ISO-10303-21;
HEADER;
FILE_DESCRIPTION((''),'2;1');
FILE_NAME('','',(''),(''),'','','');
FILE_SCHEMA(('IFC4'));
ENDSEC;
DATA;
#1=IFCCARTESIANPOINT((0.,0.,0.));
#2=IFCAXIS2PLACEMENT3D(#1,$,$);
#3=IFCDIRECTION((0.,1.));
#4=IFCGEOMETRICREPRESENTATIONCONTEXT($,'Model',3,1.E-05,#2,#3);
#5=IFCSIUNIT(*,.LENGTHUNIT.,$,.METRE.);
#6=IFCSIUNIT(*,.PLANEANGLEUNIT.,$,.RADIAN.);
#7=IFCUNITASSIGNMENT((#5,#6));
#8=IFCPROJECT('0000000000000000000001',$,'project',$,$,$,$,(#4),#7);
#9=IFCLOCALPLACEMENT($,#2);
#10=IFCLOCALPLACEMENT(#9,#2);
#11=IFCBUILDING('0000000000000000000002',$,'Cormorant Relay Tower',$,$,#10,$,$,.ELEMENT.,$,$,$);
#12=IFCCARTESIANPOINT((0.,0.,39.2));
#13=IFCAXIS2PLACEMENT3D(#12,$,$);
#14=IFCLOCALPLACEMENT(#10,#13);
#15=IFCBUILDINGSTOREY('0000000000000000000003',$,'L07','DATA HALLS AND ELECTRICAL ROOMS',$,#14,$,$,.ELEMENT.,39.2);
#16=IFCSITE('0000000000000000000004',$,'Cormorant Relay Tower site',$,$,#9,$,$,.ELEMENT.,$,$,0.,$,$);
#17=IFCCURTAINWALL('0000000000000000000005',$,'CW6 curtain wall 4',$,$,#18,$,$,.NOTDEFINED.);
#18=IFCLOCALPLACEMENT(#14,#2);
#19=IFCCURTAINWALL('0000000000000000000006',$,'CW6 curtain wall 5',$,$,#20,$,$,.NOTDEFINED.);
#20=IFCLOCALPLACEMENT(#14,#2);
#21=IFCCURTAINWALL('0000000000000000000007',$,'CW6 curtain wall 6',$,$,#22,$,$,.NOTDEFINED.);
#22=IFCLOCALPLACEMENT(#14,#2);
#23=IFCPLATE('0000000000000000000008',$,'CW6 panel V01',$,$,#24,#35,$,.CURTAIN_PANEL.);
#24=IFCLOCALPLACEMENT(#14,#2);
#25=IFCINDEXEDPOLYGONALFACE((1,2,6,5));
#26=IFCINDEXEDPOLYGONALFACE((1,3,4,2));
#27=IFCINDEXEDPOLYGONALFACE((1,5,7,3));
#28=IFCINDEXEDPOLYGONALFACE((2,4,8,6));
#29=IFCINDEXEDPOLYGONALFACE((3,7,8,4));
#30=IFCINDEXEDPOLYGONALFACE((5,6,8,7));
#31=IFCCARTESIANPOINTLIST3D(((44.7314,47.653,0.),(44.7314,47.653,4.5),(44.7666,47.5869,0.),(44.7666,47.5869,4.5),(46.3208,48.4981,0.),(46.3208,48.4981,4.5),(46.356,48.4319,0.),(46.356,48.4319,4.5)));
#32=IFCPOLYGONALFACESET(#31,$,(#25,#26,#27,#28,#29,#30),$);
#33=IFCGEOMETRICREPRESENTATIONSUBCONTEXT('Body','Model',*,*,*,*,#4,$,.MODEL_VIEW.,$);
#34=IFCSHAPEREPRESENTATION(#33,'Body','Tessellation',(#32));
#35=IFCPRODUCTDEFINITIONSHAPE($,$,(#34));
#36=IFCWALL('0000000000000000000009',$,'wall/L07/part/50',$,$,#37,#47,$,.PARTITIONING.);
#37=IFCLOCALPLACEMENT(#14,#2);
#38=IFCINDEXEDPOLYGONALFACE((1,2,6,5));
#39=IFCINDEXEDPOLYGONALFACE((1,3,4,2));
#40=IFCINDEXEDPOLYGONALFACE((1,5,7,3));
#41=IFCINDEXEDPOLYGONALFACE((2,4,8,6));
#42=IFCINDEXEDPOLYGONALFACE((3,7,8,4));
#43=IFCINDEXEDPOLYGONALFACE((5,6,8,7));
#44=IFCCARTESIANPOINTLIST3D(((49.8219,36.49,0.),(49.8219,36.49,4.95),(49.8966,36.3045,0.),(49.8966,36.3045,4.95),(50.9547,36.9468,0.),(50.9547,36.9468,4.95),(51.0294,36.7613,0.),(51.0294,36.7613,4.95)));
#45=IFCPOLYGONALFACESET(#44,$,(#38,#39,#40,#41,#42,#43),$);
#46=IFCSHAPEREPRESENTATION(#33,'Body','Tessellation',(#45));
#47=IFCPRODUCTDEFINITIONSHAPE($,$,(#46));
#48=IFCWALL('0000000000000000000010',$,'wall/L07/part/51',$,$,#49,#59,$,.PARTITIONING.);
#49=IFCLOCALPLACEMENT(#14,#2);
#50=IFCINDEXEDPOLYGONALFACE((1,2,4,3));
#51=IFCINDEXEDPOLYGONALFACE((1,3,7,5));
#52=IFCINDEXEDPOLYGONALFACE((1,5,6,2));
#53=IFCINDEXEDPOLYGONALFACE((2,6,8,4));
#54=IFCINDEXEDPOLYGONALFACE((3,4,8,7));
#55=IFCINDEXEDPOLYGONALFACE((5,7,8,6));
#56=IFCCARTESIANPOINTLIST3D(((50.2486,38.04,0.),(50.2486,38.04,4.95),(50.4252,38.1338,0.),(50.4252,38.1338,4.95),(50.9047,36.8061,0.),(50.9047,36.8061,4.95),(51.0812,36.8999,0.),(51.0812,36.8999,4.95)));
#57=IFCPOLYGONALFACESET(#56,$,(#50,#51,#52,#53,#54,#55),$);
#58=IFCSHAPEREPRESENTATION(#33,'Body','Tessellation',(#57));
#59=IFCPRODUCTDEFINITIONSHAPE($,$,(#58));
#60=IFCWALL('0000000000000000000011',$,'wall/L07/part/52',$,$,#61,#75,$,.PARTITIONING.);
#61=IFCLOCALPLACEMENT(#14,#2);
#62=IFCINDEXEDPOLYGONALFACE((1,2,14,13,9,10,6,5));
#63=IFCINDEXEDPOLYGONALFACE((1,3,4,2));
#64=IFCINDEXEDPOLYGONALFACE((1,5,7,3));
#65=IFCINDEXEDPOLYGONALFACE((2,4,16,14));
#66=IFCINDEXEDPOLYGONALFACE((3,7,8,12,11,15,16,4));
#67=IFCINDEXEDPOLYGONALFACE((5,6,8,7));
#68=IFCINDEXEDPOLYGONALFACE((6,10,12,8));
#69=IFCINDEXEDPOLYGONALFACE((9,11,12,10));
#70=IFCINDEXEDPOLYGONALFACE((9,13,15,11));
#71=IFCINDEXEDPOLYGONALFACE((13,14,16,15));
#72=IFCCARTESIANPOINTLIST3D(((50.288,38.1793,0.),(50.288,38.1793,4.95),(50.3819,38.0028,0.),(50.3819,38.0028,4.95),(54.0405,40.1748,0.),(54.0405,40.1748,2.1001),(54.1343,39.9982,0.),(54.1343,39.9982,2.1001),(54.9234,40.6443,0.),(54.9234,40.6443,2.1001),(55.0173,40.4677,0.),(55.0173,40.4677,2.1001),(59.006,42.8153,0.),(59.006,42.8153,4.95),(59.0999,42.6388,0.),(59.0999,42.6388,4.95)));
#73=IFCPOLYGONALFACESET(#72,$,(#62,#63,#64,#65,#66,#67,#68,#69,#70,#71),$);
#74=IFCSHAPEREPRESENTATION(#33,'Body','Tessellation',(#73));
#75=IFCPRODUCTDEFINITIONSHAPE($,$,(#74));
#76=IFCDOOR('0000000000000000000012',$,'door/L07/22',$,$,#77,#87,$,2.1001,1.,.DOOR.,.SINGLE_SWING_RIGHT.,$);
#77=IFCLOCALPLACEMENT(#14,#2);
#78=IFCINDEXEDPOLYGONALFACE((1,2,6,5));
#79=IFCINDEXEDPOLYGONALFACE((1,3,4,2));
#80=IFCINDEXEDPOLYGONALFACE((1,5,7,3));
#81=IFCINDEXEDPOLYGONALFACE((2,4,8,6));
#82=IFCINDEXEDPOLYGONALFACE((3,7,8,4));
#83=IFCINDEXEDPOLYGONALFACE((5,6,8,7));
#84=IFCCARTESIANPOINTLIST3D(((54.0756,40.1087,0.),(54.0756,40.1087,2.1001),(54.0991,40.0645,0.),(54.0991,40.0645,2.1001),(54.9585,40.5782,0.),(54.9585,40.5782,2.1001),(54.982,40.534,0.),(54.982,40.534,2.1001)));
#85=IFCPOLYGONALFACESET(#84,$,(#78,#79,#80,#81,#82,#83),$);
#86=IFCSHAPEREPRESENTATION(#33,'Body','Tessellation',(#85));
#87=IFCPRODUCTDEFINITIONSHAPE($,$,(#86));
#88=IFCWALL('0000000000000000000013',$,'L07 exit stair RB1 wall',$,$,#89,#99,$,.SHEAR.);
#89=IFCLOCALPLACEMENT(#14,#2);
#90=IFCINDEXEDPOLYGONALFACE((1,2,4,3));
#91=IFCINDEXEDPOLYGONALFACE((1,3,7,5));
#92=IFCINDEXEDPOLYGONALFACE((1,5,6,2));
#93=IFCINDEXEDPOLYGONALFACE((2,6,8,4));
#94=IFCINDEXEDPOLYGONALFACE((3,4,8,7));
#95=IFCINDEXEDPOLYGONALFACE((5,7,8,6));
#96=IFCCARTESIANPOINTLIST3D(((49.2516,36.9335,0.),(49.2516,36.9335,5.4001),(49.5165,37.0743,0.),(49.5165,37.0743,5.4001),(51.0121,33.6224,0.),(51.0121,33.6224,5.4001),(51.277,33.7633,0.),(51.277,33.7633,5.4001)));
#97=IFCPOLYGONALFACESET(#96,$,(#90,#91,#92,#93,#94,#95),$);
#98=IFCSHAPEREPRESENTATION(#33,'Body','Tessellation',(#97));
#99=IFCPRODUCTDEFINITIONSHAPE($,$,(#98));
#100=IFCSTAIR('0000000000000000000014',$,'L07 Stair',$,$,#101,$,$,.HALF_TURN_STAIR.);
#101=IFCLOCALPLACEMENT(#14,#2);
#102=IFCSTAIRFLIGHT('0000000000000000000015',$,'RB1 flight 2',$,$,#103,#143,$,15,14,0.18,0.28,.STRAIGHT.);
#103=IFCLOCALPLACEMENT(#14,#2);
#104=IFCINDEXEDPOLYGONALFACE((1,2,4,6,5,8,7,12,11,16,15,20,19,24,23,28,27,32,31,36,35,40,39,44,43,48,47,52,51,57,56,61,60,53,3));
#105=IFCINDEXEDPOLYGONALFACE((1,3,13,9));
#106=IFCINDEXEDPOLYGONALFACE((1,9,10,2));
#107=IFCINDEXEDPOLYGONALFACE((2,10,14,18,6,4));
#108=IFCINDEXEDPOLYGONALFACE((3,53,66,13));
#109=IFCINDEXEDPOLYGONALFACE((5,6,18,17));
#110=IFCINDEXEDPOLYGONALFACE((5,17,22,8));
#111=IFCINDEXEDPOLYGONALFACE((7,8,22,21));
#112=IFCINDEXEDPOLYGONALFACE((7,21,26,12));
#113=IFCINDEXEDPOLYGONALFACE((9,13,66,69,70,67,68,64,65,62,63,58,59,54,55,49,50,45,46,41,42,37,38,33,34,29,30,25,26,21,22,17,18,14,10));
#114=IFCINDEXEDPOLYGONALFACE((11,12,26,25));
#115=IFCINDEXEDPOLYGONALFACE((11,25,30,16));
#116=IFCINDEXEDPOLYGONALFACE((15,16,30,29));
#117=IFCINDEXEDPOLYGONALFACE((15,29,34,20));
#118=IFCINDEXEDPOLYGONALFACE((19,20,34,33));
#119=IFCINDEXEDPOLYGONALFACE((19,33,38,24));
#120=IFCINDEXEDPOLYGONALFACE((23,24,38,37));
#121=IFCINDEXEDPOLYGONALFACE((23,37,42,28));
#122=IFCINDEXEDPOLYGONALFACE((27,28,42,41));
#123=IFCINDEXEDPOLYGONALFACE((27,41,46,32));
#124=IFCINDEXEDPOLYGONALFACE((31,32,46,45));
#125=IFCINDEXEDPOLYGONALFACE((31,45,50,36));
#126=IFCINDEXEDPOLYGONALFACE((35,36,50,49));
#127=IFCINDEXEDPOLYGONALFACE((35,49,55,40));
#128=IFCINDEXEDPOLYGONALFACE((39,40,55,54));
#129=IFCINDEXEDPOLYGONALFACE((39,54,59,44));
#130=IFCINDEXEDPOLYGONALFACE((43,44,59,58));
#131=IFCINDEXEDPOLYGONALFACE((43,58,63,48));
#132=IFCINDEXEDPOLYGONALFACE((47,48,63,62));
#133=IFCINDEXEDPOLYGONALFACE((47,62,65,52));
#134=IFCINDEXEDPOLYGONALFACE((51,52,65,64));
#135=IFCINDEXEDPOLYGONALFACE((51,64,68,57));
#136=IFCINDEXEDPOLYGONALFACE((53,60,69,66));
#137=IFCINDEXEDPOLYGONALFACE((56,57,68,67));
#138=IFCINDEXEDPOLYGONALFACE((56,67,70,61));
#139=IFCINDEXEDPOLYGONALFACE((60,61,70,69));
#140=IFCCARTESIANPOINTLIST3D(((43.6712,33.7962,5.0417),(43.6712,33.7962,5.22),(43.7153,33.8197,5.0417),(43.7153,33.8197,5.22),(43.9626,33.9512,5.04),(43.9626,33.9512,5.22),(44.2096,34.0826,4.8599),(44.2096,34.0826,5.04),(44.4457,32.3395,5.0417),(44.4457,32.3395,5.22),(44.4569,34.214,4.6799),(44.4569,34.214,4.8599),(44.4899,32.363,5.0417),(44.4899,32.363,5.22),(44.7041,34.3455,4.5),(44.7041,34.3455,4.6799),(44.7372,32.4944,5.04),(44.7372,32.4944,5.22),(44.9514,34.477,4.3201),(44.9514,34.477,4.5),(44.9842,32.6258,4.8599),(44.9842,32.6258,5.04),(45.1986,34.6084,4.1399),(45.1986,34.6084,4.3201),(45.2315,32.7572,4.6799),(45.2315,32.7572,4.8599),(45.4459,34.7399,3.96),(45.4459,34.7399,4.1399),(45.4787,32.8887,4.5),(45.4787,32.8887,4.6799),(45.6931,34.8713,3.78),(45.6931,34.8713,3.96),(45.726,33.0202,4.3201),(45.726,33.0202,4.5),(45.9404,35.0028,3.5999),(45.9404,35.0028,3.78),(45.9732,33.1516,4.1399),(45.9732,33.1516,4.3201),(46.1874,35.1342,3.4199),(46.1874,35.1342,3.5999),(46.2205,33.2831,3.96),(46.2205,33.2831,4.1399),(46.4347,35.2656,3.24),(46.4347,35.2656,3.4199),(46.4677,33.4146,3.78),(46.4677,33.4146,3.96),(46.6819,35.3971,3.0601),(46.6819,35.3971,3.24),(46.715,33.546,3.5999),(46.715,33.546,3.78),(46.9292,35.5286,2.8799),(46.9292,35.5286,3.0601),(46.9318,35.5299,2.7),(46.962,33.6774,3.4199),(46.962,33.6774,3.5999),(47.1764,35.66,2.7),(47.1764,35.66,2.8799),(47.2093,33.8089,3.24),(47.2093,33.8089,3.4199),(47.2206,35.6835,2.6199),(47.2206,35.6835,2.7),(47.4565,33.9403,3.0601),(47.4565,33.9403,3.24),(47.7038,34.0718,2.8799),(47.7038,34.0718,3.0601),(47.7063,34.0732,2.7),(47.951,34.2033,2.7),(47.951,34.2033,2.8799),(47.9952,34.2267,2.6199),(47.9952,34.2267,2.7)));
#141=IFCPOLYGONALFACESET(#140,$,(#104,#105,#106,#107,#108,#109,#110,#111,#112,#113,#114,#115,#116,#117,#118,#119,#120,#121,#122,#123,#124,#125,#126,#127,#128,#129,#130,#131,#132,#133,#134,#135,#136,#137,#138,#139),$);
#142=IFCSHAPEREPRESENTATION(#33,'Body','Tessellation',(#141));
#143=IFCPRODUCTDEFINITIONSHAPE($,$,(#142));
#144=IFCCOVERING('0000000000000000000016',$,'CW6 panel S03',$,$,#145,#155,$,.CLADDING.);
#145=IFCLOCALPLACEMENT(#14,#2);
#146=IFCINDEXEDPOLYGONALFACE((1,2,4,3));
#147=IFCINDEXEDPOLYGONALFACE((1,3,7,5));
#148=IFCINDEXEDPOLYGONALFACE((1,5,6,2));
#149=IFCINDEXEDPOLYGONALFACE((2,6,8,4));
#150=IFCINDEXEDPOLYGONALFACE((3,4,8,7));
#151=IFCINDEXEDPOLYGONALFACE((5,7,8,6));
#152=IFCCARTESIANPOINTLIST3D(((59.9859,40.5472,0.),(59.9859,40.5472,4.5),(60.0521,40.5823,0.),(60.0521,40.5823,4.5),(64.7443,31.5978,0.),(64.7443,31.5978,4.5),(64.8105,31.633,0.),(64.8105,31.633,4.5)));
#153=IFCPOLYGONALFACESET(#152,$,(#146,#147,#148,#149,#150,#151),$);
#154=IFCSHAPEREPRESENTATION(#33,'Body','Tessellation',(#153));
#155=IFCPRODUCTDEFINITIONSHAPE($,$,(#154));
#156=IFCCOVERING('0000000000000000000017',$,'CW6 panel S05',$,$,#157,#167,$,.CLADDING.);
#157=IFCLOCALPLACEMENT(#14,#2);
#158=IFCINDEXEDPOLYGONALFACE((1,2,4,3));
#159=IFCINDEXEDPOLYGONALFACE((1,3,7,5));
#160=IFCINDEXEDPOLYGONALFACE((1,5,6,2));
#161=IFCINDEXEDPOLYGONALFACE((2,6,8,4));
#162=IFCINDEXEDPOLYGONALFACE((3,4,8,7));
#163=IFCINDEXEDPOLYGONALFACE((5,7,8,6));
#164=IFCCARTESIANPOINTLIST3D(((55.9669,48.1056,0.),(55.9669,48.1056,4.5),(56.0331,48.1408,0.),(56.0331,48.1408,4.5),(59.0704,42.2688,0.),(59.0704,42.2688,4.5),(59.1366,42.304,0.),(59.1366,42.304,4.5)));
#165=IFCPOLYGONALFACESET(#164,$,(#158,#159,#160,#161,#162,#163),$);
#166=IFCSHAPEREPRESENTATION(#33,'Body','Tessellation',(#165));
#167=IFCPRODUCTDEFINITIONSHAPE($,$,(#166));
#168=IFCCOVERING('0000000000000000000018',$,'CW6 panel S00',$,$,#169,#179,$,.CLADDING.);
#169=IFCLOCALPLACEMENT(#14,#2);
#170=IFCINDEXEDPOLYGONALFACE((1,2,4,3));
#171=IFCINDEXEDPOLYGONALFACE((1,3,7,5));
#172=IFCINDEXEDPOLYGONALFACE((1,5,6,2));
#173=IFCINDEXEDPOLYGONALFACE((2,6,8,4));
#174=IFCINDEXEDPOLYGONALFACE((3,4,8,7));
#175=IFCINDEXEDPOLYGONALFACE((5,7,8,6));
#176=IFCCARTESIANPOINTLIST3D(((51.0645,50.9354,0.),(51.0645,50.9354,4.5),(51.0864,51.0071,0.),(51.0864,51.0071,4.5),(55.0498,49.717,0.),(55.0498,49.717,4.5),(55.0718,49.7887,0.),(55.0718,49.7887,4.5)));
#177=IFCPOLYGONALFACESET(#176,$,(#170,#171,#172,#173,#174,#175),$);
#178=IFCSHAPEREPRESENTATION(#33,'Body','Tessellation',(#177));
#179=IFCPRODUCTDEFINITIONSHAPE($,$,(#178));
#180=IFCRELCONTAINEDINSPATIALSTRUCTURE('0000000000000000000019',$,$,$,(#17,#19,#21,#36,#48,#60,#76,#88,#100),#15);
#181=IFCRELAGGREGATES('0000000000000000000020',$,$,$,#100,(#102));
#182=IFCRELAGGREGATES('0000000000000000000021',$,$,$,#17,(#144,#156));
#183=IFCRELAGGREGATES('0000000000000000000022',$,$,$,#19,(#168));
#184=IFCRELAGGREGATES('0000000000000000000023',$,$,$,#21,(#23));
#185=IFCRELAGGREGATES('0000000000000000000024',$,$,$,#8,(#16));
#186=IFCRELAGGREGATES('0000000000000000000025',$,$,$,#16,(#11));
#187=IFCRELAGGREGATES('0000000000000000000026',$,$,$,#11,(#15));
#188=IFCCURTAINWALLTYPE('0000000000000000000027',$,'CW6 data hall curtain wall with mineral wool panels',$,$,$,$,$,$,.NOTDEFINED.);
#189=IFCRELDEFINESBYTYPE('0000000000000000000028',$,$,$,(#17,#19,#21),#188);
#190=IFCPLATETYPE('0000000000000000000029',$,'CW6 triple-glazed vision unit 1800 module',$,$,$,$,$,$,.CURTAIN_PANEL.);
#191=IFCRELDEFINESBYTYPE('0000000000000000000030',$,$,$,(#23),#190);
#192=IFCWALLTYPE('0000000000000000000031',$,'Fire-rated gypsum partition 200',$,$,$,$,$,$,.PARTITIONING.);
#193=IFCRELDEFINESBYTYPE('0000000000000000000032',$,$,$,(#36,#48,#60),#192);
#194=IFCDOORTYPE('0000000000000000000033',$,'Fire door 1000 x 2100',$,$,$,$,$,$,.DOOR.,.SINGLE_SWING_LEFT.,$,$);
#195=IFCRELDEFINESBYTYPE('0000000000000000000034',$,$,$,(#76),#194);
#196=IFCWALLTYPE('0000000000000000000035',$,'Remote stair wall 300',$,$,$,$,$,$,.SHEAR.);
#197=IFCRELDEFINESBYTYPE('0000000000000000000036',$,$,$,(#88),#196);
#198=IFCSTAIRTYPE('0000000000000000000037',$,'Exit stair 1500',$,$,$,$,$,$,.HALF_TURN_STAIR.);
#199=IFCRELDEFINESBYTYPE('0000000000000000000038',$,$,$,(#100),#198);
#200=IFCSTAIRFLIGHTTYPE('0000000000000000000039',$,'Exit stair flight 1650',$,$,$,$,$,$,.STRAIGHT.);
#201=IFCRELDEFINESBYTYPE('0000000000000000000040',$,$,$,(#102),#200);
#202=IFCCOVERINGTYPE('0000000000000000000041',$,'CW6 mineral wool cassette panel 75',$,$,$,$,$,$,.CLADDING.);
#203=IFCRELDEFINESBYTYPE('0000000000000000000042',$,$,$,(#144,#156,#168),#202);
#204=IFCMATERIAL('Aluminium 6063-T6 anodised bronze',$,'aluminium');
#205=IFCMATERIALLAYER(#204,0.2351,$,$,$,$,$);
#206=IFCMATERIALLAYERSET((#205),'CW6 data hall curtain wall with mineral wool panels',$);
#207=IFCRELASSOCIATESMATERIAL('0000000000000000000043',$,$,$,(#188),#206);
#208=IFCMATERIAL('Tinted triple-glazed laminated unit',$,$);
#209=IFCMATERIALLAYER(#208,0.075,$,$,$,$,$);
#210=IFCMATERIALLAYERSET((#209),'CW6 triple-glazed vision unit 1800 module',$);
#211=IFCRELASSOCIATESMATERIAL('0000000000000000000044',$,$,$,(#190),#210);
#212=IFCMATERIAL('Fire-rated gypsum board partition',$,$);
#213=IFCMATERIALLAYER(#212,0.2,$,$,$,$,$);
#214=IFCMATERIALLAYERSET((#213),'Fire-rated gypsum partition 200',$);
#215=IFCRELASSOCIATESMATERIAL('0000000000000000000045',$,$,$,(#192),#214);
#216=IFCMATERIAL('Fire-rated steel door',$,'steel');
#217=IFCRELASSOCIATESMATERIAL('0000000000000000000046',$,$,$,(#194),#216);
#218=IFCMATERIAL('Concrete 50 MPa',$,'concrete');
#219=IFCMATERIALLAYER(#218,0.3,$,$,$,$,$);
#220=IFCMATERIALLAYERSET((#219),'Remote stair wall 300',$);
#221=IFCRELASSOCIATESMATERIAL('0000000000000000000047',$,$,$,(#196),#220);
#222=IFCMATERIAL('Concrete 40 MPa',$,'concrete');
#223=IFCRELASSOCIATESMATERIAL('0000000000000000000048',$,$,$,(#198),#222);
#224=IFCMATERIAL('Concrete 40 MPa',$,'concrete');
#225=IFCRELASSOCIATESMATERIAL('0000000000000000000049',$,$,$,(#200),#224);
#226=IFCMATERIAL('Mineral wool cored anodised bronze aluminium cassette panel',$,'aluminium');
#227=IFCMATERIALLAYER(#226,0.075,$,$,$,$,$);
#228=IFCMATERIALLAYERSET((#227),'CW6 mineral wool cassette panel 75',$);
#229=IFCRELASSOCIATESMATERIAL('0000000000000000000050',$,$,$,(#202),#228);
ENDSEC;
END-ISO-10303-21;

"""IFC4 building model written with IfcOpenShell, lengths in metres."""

from ifc_helpers import new_model, si_unit, direction, frame, frame_2d, origin, origin_2d, place, context, subcontext, project, spatial, polyline, rectangle, outline, extrude, material, layer, layer_set, type_object, element, fill, aggregate, save


model = new_model("IFC4")

# Units and contexts
model_context = context("Model", 3, precision=1e-05, world=origin(), true_north=direction((0.0, 1.0)))
body_context = subcontext(model_context, "Body", "Model", "MODEL_VIEW")
ifc_project = project(units=[si_unit("LENGTHUNIT", "METRE"), si_unit("PLANEANGLEUNIT", "RADIAN")], contexts=[model_context])

# Site, building, storey
site_placement = place(None, origin())
site = spatial("IfcSite", under=ifc_project, at=site_placement, Name="Cormorant Relay Tower site", CompositionType="ELEMENT", RefElevation=0.0)
building_placement = place(site_placement, origin())
building = spatial("IfcBuilding", under=site, at=building_placement, Name="Cormorant Relay Tower", CompositionType="ELEMENT")
storey_placement = place(building_placement, frame((0.0, 0.0, 39.2)))
storey = spatial("IfcBuildingStorey", under=building, at=storey_placement, Name="L07", Description="DATA HALLS AND ELECTRICAL ROOMS", CompositionType="ELEMENT", Elevation=39.2)

# Curtain wall
ifc_material_1 = material(Name="Aluminium 6063-T6 anodised bronze", Category="aluminium")
ifc_layer_1 = layer(ifc_material_1, 0.2351)
ifc_layer_set_1 = layer_set([ifc_layer_1], Name="CW6 data hall curtain wall with mineral wool panels")
curtain_wall_type = type_object("IfcCurtainWallType", Name="CW6 data hall curtain wall with mineral wool panels", PredefinedType="NOTDEFINED", material=ifc_layer_set_1)
curtain_wall_1_placement = place(storey_placement, origin())
curtain_wall_1 = element("IfcCurtainWall", 1, at=curtain_wall_1_placement, inside=storey, type_object=curtain_wall_type, Name="CW6 curtain wall 4", PredefinedType="NOTDEFINED")

# Curtain wall
curtain_wall_2_placement = place(storey_placement, origin())
curtain_wall_2 = element("IfcCurtainWall", 2, at=curtain_wall_2_placement, inside=storey, type_object=curtain_wall_type, Name="CW6 curtain wall 5", PredefinedType="NOTDEFINED")

# Curtain wall
curtain_wall_3_placement = place(storey_placement, origin())
curtain_wall_3 = element("IfcCurtainWall", 3, at=curtain_wall_3_placement, inside=storey, type_object=curtain_wall_type, Name="CW6 curtain wall 6", PredefinedType="NOTDEFINED")

# Plate
ifc_material_2 = material(Name="Tinted triple-glazed laminated unit")
ifc_layer_2 = layer(ifc_material_2, 0.075)
ifc_layer_set_2 = layer_set([ifc_layer_2], Name="CW6 triple-glazed vision unit 1800 module")
plate_type = type_object("IfcPlateType", Name="CW6 triple-glazed vision unit 1800 module", PredefinedType="CURTAIN_PANEL", material=ifc_layer_set_2)
plate_1_placement = place(storey_placement, frame((45.5437, 48.0425, 0.0), z_axis=(0.0, 0.0, 1.0), x_axis=(-0.882948, -0.469472, 0.0)))
plate_1 = element("IfcPlate", 4, at=plate_1_placement, type_object=plate_type, Name="CW6 panel V01", PredefinedType="CURTAIN_PANEL", context=body_context, shape_type="SweptSolid", body=[
    extrude(rectangle(XDim=1.8, YDim=0.075, at=origin_2d()), origin(), (0.0, 0.0, 1.0), 4.5),
])

# Walls
ifc_material_3 = material(Name="Fire-rated gypsum board partition")
ifc_layer_3 = layer(ifc_material_3, 0.2)
ifc_layer_set_3 = layer_set([ifc_layer_3], Name="Fire-rated gypsum partition 200")
wall_type_1 = type_object("IfcWallType", Name="Fire-rated gypsum partition 200", PredefinedType="PARTITIONING", material=ifc_layer_set_3)
wall_1_placement = place(storey_placement, frame((49.8591, 36.3972, 0.0), z_axis=(0.0, 0.0, 1.0), x_axis=(0.927439, 0.373974, 0.0)))
element("IfcWall", 5, at=wall_1_placement, inside=storey, type_object=wall_type_1, Name="wall/L07/part/50", PredefinedType="PARTITIONING", context=body_context, shape_type="SweptSolid", body=[
    extrude(rectangle(XDim=1.2214, YDim=0.2, at=frame_2d((0.6108, 0.0))), origin(), (0.0, 0.0, 1.0), 4.95),
])
wall_2_placement = place(storey_placement, frame((50.3369, 38.0869, 0.0), z_axis=(0.0, 0.0, 1.0), x_axis=(0.469436, -0.882966, 0.0)))
element("IfcWall", 6, at=wall_2_placement, inside=storey, type_object=wall_type_1, Name="wall/L07/part/51", PredefinedType="PARTITIONING", context=body_context, shape_type="SweptSolid", body=[
    extrude(rectangle(XDim=1.3975, YDim=0.2, at=frame_2d((0.6987, 0.0))), origin(), (0.0, 0.0, 1.0), 4.95),
])

# Wall, opening, door
wall_3_placement = place(storey_placement, frame((50.335, 38.0911, 0.0), z_axis=(0.0, 0.0, 1.0), x_axis=(0.882925, 0.469514, 0.0)))
wall_3 = element("IfcWall", 7, at=wall_3_placement, inside=storey, type_object=wall_type_1, Name="wall/L07/part/52", PredefinedType="PARTITIONING", context=body_context, shape_type="SweptSolid", body=[
    extrude(rectangle(XDim=9.874, YDim=0.2, at=frame_2d((4.937, 0.0))), origin(), (0.0, 0.0, 1.0), 4.95),
])
opening_placement = place(wall_3_placement, frame((4.25, 0.0, 0.0)))
opening = element("IfcOpeningElement", 8, at=opening_placement, cuts=wall_3, PredefinedType="OPENING", context=body_context, shape_type="SweptSolid", body=[
    extrude(rectangle(XDim=1.0, YDim=2.1001, at=frame_2d((0.5, 1.05))), frame((0.0, 0.1099, 0.0), z_axis=(0.0, -1.0, 0.0), x_axis=(1.0, 0.0, 0.0)), (0.0, 0.0, 1.0), 0.22),
])
ifc_material_4 = material(Name="Fire-rated steel door", Category="steel")
door_type = type_object("IfcDoorType", Name="Fire door 1000 x 2100", OperationType="SINGLE_SWING_LEFT", PredefinedType="DOOR", material=ifc_material_4)
door_placement = place(opening_placement, frame((1.0, 0.0, 0.0), z_axis=(0.0, 0.0, 1.0), x_axis=(-1.0, 0.0, 0.0)))
door = element("IfcDoor", 9, at=door_placement, inside=storey, type_object=door_type, Name="door/L07/22", OperationType="SINGLE_SWING_RIGHT", OverallHeight=2.1001, OverallWidth=1.0, PredefinedType="DOOR", context=body_context, shape_type="SweptSolid", body=[
    extrude(rectangle(XDim=1.0, YDim=2.1001, at=frame_2d((0.5, 1.05))), frame((0.0, 0.0249, 0.0), z_axis=(0.0, -1.0, 0.0), x_axis=(1.0, 0.0, 0.0)), (0.0, 0.0, 1.0), 0.05),
])
fill(opening, door)

# Wall
ifc_material_5 = material(Name="Concrete 50 MPa", Category="concrete")
ifc_layer_4 = layer(ifc_material_5, 0.3)
ifc_layer_set_4 = layer_set([ifc_layer_4], Name="Remote stair wall 300")
wall_type_2 = type_object("IfcWallType", Name="Remote stair wall 300", PredefinedType="SHEAR", material=ifc_layer_set_4)
wall_4_placement = place(storey_placement, frame((49.384, 37.0039, 0.0), z_axis=(0.0, 0.0, 1.0), x_axis=(0.469469, -0.882949, 0.0)))
element("IfcWall", 10, at=wall_4_placement, inside=storey, type_object=wall_type_2, Name="L07 exit stair RB1 wall", PredefinedType="SHEAR", context=body_context, shape_type="SweptSolid", body=[
    extrude(rectangle(XDim=3.75, YDim=0.3, at=frame_2d((1.875, 0.0))), origin(), (0.0, 0.0, 1.0), 5.4001),
])

# Stair, stair flight
ifc_material_6 = material(Name="Concrete 40 MPa", Category="concrete")
stair_type = type_object("IfcStairType", Name="Exit stair 1500", PredefinedType="HALF_TURN_STAIR", material=ifc_material_6)
stair_placement = place(storey_placement, origin())
stair = element("IfcStair", 11, at=stair_placement, inside=storey, type_object=stair_type, Name="L07 Stair", PredefinedType="HALF_TURN_STAIR")
ifc_material_7 = material(Name="Concrete 40 MPa", Category="concrete")
stair_flight_type = type_object("IfcStairFlightType", Name="Exit stair flight 1650", PredefinedType="STRAIGHT", material=ifc_material_7)
stair_flight_placement = place(storey_placement, frame((47.5637, 34.9316, 2.7), z_axis=(0.0, 0.0, 1.0), x_axis=(-0.882948, -0.469472, 0.0)))
stair_flight = element("IfcStairFlight", 12, at=stair_flight_placement, type_object=stair_flight_type, Name="RB1 flight 2", NumberOfRisers=15, NumberOfTreads=14, PredefinedType="STRAIGHT", RiserHeight=0.18, TreadLength=0.28, context=body_context, shape_type="SweptSolid", body=[
    extrude(outline(polyline([(-0.05, -0.0801), (-0.05, 0.0), (0.0, 0.0), (0.0, 0.1799), (0.28, 0.1799), (0.28, 0.3601), (0.5601, 0.3601), (0.5601, 0.54), (0.8401, 0.54), (0.8401, 0.72), (1.1201, 0.72), (1.1201, 0.8999), (1.3999, 0.8999), (1.3999, 1.0801), (1.6799, 1.0801), (1.6799, 1.26), (1.96, 1.26), (1.96, 1.4399), (2.24, 1.4399), (2.24, 1.6201), (2.52, 1.6201), (2.52, 1.8), (2.8, 1.8), (2.8, 1.98), (3.0801, 1.98), (3.0801, 2.1599), (3.3601, 2.1599), (3.3601, 2.3401), (3.6399, 2.3401), (3.6399, 2.52), (3.9199, 2.52), (3.97, 2.52), (3.97, 2.3418), (3.9199, 2.3418), (0.2771, 0.0), (-0.05, -0.0801)])), frame((0.0, 0.825, 0.0), z_axis=(0.0, -1.0, 0.0), x_axis=(1.0, 0.0, 0.0)), (0.0, 0.0, 1.0), 1.6499),
])
aggregate(stair, [stair_flight])

# Coverings
ifc_material_8 = material(Name="Mineral wool cored anodised bronze aluminium cassette panel", Category="aluminium")
ifc_layer_5 = layer(ifc_material_8, 0.075)
ifc_layer_set_5 = layer_set([ifc_layer_5], Name="CW6 mineral wool cassette panel 75")
covering_type = type_object("IfcCoveringType", Name="CW6 mineral wool cassette panel 75", PredefinedType="CLADDING", material=ifc_layer_set_5)
covering_1_placement = place(storey_placement, frame((62.3982, 36.0901, 0.0), z_axis=(0.0, 0.0, 1.0), x_axis=(-0.469472, 0.882948, 0.0)))
covering_1 = element("IfcCovering", 13, at=covering_1_placement, type_object=covering_type, Name="CW6 panel S03", PredefinedType="CLADDING", context=body_context, shape_type="SweptSolid", body=[
    extrude(rectangle(XDim=10.1357, YDim=0.075, at=origin_2d()), origin(), (0.0, 0.0, 1.0), 4.5),
])
covering_2_placement = place(storey_placement, frame((57.5518, 45.2048, 0.0), z_axis=(0.0, 0.0, 1.0), x_axis=(-0.469472, 0.882948, 0.0)))
covering_2 = element("IfcCovering", 14, at=covering_2_placement, type_object=covering_type, Name="CW6 panel S05", PredefinedType="CLADDING", context=body_context, shape_type="SweptSolid", body=[
    extrude(rectangle(XDim=6.6106, YDim=0.075, at=origin_2d()), origin(), (0.0, 0.0, 1.0), 4.5),
])
aggregate(curtain_wall_1, [covering_1, covering_2])
covering_3_placement = place(storey_placement, frame((53.0681, 50.3621, 0.0), z_axis=(0.0, 0.0, 1.0), x_axis=(-0.956305, 0.292372, 0.0)))
covering_3 = element("IfcCovering", 15, at=covering_3_placement, type_object=covering_type, Name="CW6 panel S00", PredefinedType="CLADDING", context=body_context, shape_type="SweptSolid", body=[
    extrude(rectangle(XDim=4.1675, YDim=0.075, at=origin_2d()), origin(), (0.0, 0.0, 1.0), 4.5),
])
aggregate(curtain_wall_2, [covering_3])
aggregate(curtain_wall_3, [plate_1])

save(model, "model.ifc")
